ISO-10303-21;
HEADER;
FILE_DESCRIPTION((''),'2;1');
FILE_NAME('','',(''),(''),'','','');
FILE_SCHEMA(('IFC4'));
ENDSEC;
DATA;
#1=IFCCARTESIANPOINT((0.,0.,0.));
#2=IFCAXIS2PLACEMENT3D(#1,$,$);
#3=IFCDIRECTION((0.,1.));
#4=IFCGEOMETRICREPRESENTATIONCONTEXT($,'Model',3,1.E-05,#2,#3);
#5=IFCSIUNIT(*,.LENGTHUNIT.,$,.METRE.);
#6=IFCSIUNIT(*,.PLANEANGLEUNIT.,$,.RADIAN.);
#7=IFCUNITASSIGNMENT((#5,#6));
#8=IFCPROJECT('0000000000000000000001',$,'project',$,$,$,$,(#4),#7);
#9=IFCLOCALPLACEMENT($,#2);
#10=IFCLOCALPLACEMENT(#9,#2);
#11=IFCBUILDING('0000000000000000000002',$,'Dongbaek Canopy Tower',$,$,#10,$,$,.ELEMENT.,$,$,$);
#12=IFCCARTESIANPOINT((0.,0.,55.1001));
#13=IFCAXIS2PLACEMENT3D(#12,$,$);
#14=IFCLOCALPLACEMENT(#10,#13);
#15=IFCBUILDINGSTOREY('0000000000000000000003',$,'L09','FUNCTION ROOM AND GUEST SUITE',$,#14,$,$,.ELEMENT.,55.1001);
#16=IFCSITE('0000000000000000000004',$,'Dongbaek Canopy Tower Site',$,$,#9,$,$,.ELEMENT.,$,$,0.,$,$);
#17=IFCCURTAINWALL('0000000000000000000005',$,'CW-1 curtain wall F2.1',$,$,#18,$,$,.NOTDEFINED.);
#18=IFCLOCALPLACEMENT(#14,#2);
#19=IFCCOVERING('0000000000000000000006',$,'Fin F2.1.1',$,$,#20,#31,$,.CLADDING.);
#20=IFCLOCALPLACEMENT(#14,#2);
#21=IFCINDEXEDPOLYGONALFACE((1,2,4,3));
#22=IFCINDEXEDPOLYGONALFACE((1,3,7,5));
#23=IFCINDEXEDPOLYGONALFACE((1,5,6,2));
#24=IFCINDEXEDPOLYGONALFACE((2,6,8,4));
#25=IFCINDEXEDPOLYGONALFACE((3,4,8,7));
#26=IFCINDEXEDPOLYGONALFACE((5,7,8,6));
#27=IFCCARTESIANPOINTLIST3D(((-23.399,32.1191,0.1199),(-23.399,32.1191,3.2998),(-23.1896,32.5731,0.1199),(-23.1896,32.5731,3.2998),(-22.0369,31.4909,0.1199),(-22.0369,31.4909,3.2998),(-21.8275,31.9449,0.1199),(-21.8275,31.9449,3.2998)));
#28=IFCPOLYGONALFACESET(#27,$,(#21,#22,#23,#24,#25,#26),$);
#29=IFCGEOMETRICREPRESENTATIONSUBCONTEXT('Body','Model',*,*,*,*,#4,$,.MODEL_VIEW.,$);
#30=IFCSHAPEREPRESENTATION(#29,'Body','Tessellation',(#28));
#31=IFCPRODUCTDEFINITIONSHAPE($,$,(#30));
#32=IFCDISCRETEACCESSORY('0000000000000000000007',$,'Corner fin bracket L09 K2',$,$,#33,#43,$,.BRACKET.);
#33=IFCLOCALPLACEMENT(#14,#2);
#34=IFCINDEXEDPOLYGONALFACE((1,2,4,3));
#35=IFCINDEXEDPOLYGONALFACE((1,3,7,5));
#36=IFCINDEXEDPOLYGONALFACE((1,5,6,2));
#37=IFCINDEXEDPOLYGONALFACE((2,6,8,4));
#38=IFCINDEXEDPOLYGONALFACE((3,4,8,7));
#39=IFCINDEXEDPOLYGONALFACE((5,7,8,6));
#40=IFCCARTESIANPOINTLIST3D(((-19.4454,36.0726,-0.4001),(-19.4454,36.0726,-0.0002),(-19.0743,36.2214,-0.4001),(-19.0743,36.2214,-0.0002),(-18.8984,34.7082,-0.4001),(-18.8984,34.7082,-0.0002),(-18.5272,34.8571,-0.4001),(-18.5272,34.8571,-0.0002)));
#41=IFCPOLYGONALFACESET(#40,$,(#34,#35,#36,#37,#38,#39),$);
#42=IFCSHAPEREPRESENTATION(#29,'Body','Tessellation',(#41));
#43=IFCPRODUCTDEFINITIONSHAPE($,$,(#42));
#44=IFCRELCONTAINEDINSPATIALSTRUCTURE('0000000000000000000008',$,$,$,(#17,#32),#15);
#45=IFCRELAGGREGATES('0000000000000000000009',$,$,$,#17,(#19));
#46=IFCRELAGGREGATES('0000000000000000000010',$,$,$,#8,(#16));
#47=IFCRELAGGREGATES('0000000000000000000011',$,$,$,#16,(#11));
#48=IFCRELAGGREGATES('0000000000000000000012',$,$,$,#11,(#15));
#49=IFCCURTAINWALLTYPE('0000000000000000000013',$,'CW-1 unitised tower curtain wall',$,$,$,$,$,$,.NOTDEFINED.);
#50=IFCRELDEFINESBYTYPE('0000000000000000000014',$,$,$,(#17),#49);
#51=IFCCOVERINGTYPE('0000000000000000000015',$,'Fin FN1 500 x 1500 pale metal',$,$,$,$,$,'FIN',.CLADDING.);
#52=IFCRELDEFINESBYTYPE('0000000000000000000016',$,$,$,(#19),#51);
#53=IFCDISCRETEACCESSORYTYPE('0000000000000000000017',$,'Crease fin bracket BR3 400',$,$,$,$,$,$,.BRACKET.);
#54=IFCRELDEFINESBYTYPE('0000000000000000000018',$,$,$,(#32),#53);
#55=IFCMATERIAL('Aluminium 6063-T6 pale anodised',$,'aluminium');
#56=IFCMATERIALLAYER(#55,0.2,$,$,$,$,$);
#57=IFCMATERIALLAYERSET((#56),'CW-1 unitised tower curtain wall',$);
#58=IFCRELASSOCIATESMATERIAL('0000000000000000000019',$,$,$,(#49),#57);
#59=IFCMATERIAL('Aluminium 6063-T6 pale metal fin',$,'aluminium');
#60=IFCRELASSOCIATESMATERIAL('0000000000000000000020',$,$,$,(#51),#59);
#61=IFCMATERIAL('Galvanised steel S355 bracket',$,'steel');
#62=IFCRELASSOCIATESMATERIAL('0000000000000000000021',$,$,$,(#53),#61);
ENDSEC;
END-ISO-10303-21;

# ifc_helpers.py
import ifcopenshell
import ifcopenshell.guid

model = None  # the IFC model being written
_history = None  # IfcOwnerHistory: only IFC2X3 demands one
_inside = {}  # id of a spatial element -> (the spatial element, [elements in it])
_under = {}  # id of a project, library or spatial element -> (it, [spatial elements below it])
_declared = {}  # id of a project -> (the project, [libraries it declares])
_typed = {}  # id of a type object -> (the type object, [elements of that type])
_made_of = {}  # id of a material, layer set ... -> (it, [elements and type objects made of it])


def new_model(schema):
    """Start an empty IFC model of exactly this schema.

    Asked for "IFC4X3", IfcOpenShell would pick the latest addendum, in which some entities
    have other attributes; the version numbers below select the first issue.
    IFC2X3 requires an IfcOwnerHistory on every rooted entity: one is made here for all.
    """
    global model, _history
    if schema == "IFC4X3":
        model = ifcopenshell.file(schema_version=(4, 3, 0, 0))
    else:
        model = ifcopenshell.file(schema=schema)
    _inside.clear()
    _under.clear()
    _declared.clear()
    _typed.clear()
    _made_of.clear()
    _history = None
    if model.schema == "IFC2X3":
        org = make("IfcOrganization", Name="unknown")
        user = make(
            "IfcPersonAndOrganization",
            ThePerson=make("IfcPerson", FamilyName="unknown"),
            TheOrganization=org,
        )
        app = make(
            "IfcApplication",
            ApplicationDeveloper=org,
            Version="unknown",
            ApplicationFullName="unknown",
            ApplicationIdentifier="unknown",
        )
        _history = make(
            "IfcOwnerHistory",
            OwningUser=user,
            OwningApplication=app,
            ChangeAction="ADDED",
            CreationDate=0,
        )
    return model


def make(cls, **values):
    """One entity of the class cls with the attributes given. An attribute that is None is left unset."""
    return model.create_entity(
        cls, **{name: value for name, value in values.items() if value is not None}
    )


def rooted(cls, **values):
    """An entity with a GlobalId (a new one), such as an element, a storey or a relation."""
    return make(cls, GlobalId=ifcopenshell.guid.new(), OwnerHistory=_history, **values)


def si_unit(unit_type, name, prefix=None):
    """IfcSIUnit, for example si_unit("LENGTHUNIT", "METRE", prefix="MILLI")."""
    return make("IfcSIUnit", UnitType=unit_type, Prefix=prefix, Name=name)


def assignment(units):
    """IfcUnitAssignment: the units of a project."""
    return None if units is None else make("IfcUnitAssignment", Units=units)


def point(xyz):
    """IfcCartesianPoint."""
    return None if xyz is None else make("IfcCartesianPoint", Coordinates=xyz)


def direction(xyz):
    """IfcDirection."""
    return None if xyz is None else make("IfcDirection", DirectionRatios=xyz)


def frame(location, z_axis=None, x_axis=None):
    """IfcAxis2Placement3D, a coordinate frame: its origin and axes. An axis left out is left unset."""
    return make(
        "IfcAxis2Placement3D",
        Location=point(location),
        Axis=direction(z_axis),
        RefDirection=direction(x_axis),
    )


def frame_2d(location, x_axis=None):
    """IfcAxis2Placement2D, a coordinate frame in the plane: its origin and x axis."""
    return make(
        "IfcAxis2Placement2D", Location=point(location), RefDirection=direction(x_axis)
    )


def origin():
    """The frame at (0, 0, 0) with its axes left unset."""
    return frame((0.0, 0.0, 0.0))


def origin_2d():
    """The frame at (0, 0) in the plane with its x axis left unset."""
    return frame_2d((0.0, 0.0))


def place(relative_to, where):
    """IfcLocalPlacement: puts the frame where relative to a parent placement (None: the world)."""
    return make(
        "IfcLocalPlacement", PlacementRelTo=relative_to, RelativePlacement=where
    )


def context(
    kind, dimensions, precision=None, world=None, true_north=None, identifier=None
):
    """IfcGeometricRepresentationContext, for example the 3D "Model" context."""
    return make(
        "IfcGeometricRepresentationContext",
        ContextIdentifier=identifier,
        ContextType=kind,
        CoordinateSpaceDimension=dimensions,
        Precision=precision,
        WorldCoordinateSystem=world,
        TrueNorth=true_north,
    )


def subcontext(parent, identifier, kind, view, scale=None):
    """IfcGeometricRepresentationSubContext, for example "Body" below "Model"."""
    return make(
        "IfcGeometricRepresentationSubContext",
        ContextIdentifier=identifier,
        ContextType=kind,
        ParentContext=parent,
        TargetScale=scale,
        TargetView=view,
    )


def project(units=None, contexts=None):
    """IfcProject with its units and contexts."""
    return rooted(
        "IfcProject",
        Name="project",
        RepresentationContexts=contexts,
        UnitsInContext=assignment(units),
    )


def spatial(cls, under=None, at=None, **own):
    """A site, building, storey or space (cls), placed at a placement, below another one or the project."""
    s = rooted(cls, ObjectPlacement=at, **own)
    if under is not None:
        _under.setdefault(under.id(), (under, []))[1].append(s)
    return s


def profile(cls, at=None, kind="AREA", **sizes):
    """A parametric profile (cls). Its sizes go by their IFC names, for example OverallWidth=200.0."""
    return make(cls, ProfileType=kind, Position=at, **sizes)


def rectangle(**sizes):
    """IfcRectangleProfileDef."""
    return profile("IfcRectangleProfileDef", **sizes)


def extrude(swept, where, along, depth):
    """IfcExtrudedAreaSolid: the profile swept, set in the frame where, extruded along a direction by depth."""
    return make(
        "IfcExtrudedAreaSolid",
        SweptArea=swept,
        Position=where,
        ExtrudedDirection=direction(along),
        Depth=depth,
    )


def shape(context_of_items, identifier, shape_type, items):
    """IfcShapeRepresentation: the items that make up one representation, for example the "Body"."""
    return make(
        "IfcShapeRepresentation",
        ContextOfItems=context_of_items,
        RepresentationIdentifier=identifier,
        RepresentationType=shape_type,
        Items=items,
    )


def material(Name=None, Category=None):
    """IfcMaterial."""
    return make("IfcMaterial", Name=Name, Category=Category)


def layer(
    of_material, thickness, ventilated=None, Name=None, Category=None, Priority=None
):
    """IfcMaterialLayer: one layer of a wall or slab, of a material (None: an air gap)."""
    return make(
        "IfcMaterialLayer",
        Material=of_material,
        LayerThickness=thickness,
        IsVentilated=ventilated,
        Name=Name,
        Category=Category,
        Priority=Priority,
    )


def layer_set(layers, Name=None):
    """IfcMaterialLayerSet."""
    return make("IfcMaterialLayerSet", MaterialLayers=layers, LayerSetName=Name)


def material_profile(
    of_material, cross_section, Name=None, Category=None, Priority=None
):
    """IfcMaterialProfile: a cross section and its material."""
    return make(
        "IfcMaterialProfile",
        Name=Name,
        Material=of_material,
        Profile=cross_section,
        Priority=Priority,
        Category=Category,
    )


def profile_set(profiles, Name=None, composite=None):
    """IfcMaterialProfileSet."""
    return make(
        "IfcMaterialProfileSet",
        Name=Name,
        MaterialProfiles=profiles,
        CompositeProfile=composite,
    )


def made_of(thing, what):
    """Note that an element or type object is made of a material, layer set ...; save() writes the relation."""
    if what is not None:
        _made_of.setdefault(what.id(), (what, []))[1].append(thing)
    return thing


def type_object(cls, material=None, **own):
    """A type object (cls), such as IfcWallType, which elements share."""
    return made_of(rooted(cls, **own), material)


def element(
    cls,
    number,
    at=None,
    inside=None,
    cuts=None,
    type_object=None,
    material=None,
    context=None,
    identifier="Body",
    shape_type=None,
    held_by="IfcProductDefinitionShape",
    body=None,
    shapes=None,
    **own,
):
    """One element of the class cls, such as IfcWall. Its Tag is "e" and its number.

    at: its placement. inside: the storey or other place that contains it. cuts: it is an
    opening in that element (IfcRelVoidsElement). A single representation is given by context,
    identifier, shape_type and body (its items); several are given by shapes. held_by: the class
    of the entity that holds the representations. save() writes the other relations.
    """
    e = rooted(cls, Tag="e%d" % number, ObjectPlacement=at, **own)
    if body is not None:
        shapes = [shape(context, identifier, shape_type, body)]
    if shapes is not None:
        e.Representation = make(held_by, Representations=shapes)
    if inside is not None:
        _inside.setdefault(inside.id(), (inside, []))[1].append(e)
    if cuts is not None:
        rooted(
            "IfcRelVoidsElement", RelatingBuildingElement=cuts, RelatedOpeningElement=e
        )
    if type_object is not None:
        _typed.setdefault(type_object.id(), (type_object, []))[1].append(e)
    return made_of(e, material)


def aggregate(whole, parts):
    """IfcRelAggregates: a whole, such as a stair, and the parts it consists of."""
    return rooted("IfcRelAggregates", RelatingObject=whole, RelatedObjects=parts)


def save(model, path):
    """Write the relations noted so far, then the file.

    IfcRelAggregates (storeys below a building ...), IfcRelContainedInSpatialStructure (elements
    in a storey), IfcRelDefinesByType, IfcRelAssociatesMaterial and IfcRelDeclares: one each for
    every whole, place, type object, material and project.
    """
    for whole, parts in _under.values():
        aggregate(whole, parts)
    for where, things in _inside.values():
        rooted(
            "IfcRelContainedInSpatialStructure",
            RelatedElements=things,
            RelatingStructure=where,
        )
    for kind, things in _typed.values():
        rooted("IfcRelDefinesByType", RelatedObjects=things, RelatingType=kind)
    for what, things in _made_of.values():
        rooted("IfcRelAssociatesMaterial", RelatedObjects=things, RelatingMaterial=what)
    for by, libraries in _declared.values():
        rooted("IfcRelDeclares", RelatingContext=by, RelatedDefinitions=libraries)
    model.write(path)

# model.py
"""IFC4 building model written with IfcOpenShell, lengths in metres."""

from ifc_helpers import new_model, si_unit, direction, frame, origin, origin_2d, place, context, subcontext, project, spatial, rectangle, extrude, material, layer, layer_set, material_profile, profile_set, type_object, element, aggregate, save


model = new_model("IFC4")

# Units and contexts
model_context = context("Model", 3, precision=1e-05, world=origin(), true_north=direction((0.0, 1.0)))
body_context = subcontext(model_context, "Body", "Model", "MODEL_VIEW")
ifc_project = project(units=[si_unit("LENGTHUNIT", "METRE"), si_unit("PLANEANGLEUNIT", "RADIAN")], contexts=[model_context])

# Site, building, storey
site_placement = place(None, origin())
site = spatial("IfcSite", under=ifc_project, at=site_placement, Name="Dongbaek Canopy Tower Site", CompositionType="ELEMENT", RefElevation=0.0)
building_placement = place(site_placement, origin())
building = spatial("IfcBuilding", under=site, at=building_placement, Name="Dongbaek Canopy Tower", CompositionType="ELEMENT")
storey_placement = place(building_placement, frame((0.0, 0.0, 55.1001)))
storey = spatial("IfcBuildingStorey", under=building, at=storey_placement, Name="L09", Description="FUNCTION ROOM AND GUEST SUITE", CompositionType="ELEMENT", Elevation=55.1001)

# Shared definitions
ifc_material_1 = material(Name="Aluminium 6063-T6 pale anodised", Category="aluminium")
ifc_layer_1 = layer(ifc_material_1, 0.2)
ifc_layer_set_1 = layer_set([ifc_layer_1], Name="CW-1 unitised tower curtain wall")
curtain_wall_type = type_object("IfcCurtainWallType", Name="CW-1 unitised tower curtain wall", PredefinedType="NOTDEFINED", material=ifc_layer_set_1)

# Curtain wall
curtain_wall_1_placement = place(storey_placement, origin())
curtain_wall_1 = element("IfcCurtainWall", 1, at=curtain_wall_1_placement, inside=storey, type_object=curtain_wall_type, Name="CW-1 curtain wall F2.1", PredefinedType="NOTDEFINED")

# Shared definitions
ifc_material_2 = material(Name="Aluminium 6063-T6 pale metal fin", Category="aluminium")
ifc_material_profile_1 = material_profile(ifc_material_2, rectangle(XDim=1.5, YDim=0.5, at=origin_2d()), Name="Fin FN1 500 x 1500 pale metal")
ifc_profile_set_1 = profile_set([ifc_material_profile_1], Name="Aluminium 6063-T6 pale metal fin")
covering_type_1 = type_object("IfcCoveringType", Name="Fin FN1 500 x 1500 pale metal", ElementType="FIN", PredefinedType="CLADDING", material=ifc_profile_set_1)

# Covering
covering_1_placement = place(storey_placement, frame((-22.6133, 32.032, 0.1199), z_axis=(0.0, 0.0, 1.0), x_axis=(-0.908073, 0.418811, 0.0)))
covering_1 = element("IfcCovering", 2, at=covering_1_placement, type_object=covering_type_1, Name="Fin F2.1.1", PredefinedType="CLADDING", context=body_context, shape_type="SweptSolid", body=[
    extrude(rectangle(XDim=1.5, YDim=0.5, at=origin_2d()), origin(), (0.0, 0.0, 1.0), 3.1799),
])
aggregate(curtain_wall_1, [covering_1])

# Discrete accessory
ifc_material_3 = material(Name="Galvanised steel S355 bracket", Category="steel")
discrete_accessory_type = type_object("IfcDiscreteAccessoryType", Name="Crease fin bracket BR3 400", PredefinedType="BRACKET", material=ifc_material_3)
discrete_accessory_placement = place(storey_placement, frame((-18.9863, 35.4648, -0.4001), z_axis=(0.0, 0.0, 1.0), x_axis=(-0.372155, 0.92817, 0.0)))
element("IfcDiscreteAccessory", 3, at=discrete_accessory_placement, inside=storey, type_object=discrete_accessory_type, Name="Corner fin bracket L09 K2", PredefinedType="BRACKET", context=body_context, shape_type="SweptSolid", body=[
    extrude(rectangle(XDim=1.47, YDim=0.3999, at=origin_2d()), origin(), (0.0, 0.0, 1.0), 0.3999),
])

save(model, "model.ifc")
